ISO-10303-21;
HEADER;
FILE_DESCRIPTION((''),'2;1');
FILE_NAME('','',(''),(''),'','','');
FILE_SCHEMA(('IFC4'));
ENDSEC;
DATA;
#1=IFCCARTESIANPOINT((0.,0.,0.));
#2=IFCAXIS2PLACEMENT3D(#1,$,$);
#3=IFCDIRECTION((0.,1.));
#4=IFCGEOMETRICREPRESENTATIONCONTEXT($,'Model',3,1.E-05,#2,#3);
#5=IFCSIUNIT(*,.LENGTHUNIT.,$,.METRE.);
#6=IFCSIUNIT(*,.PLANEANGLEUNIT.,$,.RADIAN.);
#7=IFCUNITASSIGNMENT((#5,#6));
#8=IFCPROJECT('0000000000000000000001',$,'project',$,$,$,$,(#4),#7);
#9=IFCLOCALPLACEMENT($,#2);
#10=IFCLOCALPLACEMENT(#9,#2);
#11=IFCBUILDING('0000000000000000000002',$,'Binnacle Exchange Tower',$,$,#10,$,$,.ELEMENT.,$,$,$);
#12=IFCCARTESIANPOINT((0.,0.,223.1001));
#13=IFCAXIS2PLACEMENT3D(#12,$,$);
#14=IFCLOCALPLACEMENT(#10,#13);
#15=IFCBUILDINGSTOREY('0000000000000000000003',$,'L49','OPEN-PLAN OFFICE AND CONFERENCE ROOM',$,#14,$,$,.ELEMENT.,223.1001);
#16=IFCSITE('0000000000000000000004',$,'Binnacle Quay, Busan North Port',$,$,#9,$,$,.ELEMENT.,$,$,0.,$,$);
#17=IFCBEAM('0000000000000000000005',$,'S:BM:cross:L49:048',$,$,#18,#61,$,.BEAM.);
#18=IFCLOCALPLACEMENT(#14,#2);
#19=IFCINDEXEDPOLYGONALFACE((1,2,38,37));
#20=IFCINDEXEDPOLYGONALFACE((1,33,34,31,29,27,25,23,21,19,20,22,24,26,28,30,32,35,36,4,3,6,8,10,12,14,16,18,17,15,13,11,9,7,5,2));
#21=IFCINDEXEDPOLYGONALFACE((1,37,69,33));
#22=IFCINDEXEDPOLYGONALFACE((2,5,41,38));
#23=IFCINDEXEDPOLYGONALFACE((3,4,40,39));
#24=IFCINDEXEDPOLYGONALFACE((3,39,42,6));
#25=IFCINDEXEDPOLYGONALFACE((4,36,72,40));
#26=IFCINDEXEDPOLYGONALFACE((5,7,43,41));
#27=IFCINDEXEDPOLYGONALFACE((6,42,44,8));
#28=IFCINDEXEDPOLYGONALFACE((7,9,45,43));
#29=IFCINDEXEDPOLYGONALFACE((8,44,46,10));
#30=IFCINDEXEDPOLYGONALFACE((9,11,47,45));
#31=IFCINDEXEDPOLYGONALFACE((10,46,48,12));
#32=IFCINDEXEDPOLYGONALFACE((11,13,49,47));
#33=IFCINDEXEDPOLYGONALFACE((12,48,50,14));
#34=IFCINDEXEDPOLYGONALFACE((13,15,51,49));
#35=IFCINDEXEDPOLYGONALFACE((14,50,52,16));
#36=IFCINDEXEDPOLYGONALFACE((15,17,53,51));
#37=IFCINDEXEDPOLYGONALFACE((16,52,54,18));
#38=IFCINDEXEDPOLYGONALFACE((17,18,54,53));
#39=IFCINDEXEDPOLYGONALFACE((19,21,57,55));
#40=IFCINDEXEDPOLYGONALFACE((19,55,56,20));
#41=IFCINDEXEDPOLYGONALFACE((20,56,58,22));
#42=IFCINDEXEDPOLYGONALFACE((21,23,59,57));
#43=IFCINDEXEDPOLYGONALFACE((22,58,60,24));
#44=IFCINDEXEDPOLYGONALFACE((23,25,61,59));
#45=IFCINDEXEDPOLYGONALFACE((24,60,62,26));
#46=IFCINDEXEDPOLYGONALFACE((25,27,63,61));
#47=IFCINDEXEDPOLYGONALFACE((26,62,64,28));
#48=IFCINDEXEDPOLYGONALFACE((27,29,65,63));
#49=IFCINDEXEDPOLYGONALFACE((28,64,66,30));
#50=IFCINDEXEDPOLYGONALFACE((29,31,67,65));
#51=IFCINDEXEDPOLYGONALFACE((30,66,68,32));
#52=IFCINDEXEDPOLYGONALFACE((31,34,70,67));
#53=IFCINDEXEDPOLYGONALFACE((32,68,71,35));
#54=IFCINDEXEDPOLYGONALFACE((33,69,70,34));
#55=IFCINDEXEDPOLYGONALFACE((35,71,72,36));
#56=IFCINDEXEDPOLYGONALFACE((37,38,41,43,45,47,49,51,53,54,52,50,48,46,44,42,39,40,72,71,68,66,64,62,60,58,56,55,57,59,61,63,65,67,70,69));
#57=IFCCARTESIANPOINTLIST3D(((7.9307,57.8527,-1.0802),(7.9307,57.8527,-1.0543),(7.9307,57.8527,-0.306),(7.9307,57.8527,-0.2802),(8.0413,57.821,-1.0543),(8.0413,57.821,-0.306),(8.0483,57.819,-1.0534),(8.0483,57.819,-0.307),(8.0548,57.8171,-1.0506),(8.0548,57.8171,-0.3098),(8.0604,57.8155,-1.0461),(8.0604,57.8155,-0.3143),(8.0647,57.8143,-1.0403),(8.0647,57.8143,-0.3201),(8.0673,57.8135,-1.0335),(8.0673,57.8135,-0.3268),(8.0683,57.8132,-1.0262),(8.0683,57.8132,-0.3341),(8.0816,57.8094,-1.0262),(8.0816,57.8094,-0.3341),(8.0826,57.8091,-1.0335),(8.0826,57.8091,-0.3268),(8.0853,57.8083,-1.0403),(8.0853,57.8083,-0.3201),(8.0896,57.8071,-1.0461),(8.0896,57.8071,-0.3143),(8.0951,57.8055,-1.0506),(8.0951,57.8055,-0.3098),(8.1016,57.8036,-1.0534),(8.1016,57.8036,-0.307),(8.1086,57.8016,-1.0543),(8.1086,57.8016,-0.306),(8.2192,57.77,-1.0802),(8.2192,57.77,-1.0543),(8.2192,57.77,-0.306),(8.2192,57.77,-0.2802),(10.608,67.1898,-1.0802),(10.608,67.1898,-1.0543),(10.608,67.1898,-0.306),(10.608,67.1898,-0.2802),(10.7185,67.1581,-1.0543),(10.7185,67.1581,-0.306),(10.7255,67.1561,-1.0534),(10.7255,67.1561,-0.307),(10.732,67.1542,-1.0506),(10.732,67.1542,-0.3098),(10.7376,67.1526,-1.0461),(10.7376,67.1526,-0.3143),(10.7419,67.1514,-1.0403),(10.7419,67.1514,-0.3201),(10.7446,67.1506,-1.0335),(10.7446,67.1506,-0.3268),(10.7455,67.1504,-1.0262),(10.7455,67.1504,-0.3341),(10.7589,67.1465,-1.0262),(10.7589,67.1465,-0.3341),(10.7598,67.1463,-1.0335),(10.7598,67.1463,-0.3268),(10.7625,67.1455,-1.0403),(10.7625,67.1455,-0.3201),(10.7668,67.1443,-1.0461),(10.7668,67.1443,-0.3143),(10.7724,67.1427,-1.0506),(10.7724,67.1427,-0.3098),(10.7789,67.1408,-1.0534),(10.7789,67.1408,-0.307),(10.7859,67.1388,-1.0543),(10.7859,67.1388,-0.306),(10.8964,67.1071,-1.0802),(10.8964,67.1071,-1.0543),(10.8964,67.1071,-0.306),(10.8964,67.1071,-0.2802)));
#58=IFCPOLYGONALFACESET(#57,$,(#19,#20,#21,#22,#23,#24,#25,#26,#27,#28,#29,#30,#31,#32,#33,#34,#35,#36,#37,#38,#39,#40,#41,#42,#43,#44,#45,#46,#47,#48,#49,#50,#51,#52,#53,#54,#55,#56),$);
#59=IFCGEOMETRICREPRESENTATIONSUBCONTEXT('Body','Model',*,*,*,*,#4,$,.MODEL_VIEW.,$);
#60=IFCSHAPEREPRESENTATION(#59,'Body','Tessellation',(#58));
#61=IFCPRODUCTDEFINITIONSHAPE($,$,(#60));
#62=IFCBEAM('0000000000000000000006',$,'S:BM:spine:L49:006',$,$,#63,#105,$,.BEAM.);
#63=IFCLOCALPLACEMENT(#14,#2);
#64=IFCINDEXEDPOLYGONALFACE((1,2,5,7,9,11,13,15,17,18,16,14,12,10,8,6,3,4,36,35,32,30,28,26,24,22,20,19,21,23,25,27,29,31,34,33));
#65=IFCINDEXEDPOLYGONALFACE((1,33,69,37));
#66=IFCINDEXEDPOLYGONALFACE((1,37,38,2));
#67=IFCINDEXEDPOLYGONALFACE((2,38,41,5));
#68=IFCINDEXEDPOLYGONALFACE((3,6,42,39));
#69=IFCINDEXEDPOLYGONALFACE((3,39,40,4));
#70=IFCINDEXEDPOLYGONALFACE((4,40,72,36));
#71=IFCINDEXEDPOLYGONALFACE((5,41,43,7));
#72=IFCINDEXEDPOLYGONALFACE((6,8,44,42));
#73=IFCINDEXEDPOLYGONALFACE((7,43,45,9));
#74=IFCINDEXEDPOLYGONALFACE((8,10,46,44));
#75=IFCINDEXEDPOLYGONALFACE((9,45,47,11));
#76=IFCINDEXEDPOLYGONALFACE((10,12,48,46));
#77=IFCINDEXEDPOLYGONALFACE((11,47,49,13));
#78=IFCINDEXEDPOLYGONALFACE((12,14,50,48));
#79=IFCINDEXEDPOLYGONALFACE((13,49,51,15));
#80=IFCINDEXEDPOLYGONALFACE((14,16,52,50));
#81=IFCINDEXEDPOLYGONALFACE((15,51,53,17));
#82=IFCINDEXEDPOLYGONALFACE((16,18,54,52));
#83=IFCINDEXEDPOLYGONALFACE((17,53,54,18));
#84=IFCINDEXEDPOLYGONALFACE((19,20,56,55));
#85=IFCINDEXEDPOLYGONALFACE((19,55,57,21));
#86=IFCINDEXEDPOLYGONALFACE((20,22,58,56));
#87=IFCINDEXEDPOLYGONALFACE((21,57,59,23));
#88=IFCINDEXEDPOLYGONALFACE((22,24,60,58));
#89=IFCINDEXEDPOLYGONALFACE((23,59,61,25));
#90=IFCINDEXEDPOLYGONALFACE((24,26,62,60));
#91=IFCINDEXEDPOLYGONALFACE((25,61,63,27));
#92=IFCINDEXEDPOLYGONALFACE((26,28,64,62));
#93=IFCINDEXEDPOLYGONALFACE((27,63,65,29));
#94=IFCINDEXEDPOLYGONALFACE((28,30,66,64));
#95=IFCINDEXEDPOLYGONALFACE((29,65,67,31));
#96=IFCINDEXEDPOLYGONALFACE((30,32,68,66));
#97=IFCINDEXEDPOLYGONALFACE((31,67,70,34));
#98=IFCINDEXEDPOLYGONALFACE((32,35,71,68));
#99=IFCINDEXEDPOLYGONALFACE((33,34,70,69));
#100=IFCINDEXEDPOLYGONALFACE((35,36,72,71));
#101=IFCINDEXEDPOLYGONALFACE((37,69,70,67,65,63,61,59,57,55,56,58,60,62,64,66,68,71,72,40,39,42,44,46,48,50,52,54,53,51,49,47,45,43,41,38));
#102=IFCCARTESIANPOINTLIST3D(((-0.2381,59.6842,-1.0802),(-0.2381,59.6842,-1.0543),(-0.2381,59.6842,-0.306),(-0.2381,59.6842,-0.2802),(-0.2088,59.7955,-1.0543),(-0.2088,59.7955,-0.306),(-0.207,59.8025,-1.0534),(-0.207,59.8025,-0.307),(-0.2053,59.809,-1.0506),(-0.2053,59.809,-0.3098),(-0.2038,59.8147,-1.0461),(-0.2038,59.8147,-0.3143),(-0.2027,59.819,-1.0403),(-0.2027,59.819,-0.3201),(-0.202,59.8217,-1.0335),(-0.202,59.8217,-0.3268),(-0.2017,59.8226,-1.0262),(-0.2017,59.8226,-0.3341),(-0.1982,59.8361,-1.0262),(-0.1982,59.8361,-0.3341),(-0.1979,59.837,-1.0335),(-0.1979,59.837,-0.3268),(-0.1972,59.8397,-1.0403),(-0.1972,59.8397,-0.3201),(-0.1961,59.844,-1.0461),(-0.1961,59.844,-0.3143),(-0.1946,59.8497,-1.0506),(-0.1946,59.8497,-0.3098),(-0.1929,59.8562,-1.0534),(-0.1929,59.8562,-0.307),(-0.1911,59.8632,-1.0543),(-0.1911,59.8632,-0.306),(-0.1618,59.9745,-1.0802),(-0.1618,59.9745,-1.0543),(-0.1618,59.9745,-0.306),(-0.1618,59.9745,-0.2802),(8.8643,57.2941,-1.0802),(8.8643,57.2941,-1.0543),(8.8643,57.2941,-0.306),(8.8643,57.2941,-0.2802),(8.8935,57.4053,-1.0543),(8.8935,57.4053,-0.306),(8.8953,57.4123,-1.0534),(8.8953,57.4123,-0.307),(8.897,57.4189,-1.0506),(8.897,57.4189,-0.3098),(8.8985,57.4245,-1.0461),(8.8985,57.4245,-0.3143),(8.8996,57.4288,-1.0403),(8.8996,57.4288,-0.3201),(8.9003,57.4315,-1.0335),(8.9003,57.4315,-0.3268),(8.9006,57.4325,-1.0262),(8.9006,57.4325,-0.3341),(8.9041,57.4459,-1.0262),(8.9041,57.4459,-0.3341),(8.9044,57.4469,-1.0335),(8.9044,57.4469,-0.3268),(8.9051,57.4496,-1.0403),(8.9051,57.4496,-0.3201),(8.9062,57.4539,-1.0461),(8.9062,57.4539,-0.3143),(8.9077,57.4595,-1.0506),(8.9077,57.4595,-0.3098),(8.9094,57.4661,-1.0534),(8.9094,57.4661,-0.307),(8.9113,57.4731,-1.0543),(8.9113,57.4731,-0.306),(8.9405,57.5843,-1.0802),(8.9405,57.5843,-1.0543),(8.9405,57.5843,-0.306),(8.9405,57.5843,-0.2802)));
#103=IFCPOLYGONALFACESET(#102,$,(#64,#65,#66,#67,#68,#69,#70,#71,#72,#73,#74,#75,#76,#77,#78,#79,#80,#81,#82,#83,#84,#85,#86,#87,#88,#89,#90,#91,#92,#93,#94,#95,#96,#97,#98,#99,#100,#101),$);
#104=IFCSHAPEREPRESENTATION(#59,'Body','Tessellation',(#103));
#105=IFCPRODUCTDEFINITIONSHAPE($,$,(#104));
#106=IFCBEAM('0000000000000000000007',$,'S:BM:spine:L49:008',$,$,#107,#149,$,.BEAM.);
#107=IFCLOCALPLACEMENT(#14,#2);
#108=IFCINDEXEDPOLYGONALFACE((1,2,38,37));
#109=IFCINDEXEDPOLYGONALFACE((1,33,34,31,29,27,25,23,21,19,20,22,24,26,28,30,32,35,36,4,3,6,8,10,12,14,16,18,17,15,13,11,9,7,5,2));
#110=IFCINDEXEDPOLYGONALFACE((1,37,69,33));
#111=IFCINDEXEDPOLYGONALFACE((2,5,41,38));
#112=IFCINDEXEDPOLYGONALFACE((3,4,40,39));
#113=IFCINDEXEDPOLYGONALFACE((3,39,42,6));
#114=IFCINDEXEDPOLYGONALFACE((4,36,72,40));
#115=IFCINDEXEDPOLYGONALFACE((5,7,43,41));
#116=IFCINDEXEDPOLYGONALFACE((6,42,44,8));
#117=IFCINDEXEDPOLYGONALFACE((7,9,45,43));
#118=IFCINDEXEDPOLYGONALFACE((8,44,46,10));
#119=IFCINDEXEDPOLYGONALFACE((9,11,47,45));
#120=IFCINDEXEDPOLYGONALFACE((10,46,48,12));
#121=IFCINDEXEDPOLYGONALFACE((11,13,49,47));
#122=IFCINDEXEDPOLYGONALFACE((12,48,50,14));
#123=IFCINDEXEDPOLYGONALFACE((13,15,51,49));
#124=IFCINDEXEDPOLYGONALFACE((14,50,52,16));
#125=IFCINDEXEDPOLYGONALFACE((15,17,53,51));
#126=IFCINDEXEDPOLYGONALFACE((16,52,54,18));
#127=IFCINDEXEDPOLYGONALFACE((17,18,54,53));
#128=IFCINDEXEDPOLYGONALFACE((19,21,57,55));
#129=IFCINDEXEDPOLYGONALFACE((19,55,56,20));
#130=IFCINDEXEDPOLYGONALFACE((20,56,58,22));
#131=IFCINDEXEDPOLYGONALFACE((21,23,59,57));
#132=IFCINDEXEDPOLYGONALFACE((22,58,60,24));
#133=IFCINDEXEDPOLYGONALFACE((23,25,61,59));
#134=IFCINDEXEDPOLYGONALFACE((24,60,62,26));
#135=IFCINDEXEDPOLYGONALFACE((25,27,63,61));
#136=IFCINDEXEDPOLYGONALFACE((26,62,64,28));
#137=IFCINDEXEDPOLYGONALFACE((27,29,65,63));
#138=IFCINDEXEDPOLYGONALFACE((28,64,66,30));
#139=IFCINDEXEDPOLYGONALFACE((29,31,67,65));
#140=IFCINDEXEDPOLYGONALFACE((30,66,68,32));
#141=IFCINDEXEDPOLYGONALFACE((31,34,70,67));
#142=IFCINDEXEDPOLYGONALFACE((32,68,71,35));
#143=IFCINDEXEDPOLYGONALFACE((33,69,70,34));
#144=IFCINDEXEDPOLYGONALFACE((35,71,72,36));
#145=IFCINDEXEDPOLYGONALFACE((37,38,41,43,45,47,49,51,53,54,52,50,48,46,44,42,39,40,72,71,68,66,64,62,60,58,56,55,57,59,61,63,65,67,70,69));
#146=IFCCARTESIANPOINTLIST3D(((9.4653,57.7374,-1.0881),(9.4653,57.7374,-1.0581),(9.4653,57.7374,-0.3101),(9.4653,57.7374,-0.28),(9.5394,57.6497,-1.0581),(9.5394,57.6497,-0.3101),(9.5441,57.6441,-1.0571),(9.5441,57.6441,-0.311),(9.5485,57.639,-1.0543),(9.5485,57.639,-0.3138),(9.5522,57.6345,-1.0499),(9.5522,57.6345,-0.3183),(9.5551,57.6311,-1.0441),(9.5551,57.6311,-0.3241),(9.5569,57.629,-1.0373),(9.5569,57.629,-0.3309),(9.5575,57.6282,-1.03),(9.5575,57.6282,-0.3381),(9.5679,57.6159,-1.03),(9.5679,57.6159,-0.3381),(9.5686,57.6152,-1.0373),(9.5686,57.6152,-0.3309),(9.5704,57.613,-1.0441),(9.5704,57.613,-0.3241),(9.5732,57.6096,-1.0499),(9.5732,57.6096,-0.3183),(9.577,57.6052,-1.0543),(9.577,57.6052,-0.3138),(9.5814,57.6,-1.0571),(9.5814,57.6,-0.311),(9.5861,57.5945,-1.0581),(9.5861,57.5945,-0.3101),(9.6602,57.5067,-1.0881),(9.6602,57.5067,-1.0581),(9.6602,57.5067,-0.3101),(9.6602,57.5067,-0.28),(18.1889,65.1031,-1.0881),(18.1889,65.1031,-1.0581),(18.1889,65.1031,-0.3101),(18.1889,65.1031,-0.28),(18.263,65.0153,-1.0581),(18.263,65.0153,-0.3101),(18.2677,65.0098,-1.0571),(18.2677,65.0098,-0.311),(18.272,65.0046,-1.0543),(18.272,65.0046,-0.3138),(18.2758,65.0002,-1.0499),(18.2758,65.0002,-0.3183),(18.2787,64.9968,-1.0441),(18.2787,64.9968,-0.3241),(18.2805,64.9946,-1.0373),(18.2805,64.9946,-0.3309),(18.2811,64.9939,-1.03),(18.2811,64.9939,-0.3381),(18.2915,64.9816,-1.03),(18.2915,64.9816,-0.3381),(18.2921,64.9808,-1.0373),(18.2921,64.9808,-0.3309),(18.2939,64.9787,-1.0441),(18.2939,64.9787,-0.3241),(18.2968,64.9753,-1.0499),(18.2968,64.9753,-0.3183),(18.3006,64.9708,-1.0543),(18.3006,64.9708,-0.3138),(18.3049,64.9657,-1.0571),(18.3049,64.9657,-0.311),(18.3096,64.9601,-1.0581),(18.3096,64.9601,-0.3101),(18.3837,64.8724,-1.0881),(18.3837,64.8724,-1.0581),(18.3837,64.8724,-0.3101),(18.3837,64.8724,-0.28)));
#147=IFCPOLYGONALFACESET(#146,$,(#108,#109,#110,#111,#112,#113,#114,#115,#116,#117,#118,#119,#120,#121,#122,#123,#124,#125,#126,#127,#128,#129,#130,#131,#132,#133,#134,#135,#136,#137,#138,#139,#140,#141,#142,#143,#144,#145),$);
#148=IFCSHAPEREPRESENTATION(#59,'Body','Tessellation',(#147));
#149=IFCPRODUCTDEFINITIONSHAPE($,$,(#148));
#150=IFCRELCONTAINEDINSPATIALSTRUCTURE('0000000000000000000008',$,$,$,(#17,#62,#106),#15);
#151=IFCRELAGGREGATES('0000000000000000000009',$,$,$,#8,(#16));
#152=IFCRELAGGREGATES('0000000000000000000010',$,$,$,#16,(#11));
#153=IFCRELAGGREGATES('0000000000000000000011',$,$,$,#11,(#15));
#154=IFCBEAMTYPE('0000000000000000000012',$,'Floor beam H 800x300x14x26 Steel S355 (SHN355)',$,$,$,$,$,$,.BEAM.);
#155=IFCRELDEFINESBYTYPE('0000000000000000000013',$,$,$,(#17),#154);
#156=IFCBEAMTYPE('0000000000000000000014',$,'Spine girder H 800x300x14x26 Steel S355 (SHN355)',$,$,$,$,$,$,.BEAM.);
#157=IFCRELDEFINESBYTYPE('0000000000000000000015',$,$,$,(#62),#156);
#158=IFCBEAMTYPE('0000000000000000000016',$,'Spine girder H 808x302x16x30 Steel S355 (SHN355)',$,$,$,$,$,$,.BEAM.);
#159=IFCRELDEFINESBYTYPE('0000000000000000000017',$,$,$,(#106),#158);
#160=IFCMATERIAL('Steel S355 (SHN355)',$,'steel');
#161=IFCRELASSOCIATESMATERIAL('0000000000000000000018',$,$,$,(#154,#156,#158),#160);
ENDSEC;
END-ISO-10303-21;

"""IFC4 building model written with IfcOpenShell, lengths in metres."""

from ifc_helpers import new_model, si_unit, direction, frame, origin, origin_2d, place, context, subcontext, project, spatial, i_section, extrude, material, material_profile, profile_set, type_object, element, save


model = new_model("IFC4")

# Units and contexts
model_context = context("Model", 3, precision=1e-05, world=origin(), true_north=direction((0.0, 1.0)))
body_context = subcontext(model_context, "Body", "Model", "MODEL_VIEW")
ifc_project = project(units=[si_unit("LENGTHUNIT", "METRE"), si_unit("PLANEANGLEUNIT", "RADIAN")], contexts=[model_context])

# Site, building, storey
site_placement = place(None, origin())
site = spatial("IfcSite", under=ifc_project, at=site_placement, Name="Binnacle Quay, Busan North Port", CompositionType="ELEMENT", RefElevation=0.0)
building_placement = place(site_placement, origin())
building = spatial("IfcBuilding", under=site, at=building_placement, Name="Binnacle Exchange Tower", CompositionType="ELEMENT")
storey_placement = place(building_placement, frame((0.0, 0.0, 223.1001)))
storey = spatial("IfcBuildingStorey", under=building, at=storey_placement, Name="L49", Description="OPEN-PLAN OFFICE AND CONFERENCE ROOM", CompositionType="ELEMENT", Elevation=223.1001)

# Beams
ifc_material_1 = material(Name="Steel S355 (SHN355)", Category="steel")
ifc_material_profile_1 = material_profile(ifc_material_1, i_section(OverallWidth=0.3, OverallDepth=0.8, WebThickness=0.0139, FlangeThickness=0.0259, FilletRadius=0.0281, at=origin_2d()), Name="H 800x300x14x26")
ifc_profile_set_1 = profile_set([ifc_material_profile_1], Name="Steel S355 (SHN355)")
beam_type_1 = type_object("IfcBeamType", Name="Floor beam H 800x300x14x26 Steel S355 (SHN355)", PredefinedType="BEAM", material=ifc_profile_set_1)
beam_1_placement = place(storey_placement, frame((10.7522, 67.1484, -0.6802), z_axis=(-0.275624, -0.961266, 0.0), x_axis=(0.961266, -0.275624, 0.0)))
element("IfcBeam", 1, at=beam_1_placement, inside=storey, type_object=beam_type_1, Name="S:BM:cross:L49:048", PredefinedType="BEAM", context=body_context, shape_type="SweptSolid", body=[
    extrude(i_section(OverallWidth=0.3, OverallDepth=0.8, WebThickness=0.0139, FlangeThickness=0.0259, FilletRadius=0.0281, at=origin_2d()), origin(), (0.0, 0.0, 1.0), 9.7134),
])
ifc_material_profile_2 = material_profile(ifc_material_1, i_section(OverallWidth=0.3, OverallDepth=0.8, WebThickness=0.0139, FlangeThickness=0.0259, FilletRadius=0.0281, at=origin_2d()), Name="H 800x300x14x26")
ifc_profile_set_2 = profile_set([ifc_material_profile_2], Name="Steel S355 (SHN355)")
beam_type_2 = type_object("IfcBeamType", Name="Spine girder H 800x300x14x26 Steel S355 (SHN355)", PredefinedType="BEAM", material=ifc_profile_set_2)
beam_2_placement = place(storey_placement, frame((-0.2, 59.8293, -0.6802), z_axis=(0.96721, -0.253976, 0.0), x_axis=(0.253976, 0.96721, 0.0)))
element("IfcBeam", 2, at=beam_2_placement, inside=storey, type_object=beam_type_2, Name="S:BM:spine:L49:006", PredefinedType="BEAM", context=body_context, shape_type="SweptSolid", body=[
    extrude(i_section(OverallWidth=0.3, OverallDepth=0.8, WebThickness=0.0139, FlangeThickness=0.0259, FilletRadius=0.0281, at=origin_2d()), origin(), (0.0, 0.0, 1.0), 9.4109),
])
ifc_material_profile_3 = material_profile(ifc_material_1, i_section(OverallWidth=0.302, OverallDepth=0.8081, WebThickness=0.0161, FlangeThickness=0.03, FilletRadius=0.0281, at=origin_2d()), Name="H 808x302x16x30")
ifc_profile_set_3 = profile_set([ifc_material_profile_3], Name="Steel S355 (SHN355)")
beam_type_3 = type_object("IfcBeamType", Name="Spine girder H 808x302x16x30 Steel S355 (SHN355)", PredefinedType="BEAM", material=ifc_profile_set_3)
beam_3_placement = place(storey_placement, frame((9.5627, 57.6221, -0.6841), z_axis=(0.764069, 0.645135, 0.0), x_axis=(-0.645135, 0.764069, 0.0)))
element("IfcBeam", 3, at=beam_3_placement, inside=storey, type_object=beam_type_3, Name="S:BM:spine:L49:008", PredefinedType="BEAM", context=body_context, shape_type="SweptSolid", body=[
    extrude(i_section(OverallWidth=0.302, OverallDepth=0.8081, WebThickness=0.0161, FlangeThickness=0.03, FilletRadius=0.0281, at=origin_2d()), origin(), (0.0, 0.0, 1.0), 11.4172),
])

save(model, "model.ifc")
